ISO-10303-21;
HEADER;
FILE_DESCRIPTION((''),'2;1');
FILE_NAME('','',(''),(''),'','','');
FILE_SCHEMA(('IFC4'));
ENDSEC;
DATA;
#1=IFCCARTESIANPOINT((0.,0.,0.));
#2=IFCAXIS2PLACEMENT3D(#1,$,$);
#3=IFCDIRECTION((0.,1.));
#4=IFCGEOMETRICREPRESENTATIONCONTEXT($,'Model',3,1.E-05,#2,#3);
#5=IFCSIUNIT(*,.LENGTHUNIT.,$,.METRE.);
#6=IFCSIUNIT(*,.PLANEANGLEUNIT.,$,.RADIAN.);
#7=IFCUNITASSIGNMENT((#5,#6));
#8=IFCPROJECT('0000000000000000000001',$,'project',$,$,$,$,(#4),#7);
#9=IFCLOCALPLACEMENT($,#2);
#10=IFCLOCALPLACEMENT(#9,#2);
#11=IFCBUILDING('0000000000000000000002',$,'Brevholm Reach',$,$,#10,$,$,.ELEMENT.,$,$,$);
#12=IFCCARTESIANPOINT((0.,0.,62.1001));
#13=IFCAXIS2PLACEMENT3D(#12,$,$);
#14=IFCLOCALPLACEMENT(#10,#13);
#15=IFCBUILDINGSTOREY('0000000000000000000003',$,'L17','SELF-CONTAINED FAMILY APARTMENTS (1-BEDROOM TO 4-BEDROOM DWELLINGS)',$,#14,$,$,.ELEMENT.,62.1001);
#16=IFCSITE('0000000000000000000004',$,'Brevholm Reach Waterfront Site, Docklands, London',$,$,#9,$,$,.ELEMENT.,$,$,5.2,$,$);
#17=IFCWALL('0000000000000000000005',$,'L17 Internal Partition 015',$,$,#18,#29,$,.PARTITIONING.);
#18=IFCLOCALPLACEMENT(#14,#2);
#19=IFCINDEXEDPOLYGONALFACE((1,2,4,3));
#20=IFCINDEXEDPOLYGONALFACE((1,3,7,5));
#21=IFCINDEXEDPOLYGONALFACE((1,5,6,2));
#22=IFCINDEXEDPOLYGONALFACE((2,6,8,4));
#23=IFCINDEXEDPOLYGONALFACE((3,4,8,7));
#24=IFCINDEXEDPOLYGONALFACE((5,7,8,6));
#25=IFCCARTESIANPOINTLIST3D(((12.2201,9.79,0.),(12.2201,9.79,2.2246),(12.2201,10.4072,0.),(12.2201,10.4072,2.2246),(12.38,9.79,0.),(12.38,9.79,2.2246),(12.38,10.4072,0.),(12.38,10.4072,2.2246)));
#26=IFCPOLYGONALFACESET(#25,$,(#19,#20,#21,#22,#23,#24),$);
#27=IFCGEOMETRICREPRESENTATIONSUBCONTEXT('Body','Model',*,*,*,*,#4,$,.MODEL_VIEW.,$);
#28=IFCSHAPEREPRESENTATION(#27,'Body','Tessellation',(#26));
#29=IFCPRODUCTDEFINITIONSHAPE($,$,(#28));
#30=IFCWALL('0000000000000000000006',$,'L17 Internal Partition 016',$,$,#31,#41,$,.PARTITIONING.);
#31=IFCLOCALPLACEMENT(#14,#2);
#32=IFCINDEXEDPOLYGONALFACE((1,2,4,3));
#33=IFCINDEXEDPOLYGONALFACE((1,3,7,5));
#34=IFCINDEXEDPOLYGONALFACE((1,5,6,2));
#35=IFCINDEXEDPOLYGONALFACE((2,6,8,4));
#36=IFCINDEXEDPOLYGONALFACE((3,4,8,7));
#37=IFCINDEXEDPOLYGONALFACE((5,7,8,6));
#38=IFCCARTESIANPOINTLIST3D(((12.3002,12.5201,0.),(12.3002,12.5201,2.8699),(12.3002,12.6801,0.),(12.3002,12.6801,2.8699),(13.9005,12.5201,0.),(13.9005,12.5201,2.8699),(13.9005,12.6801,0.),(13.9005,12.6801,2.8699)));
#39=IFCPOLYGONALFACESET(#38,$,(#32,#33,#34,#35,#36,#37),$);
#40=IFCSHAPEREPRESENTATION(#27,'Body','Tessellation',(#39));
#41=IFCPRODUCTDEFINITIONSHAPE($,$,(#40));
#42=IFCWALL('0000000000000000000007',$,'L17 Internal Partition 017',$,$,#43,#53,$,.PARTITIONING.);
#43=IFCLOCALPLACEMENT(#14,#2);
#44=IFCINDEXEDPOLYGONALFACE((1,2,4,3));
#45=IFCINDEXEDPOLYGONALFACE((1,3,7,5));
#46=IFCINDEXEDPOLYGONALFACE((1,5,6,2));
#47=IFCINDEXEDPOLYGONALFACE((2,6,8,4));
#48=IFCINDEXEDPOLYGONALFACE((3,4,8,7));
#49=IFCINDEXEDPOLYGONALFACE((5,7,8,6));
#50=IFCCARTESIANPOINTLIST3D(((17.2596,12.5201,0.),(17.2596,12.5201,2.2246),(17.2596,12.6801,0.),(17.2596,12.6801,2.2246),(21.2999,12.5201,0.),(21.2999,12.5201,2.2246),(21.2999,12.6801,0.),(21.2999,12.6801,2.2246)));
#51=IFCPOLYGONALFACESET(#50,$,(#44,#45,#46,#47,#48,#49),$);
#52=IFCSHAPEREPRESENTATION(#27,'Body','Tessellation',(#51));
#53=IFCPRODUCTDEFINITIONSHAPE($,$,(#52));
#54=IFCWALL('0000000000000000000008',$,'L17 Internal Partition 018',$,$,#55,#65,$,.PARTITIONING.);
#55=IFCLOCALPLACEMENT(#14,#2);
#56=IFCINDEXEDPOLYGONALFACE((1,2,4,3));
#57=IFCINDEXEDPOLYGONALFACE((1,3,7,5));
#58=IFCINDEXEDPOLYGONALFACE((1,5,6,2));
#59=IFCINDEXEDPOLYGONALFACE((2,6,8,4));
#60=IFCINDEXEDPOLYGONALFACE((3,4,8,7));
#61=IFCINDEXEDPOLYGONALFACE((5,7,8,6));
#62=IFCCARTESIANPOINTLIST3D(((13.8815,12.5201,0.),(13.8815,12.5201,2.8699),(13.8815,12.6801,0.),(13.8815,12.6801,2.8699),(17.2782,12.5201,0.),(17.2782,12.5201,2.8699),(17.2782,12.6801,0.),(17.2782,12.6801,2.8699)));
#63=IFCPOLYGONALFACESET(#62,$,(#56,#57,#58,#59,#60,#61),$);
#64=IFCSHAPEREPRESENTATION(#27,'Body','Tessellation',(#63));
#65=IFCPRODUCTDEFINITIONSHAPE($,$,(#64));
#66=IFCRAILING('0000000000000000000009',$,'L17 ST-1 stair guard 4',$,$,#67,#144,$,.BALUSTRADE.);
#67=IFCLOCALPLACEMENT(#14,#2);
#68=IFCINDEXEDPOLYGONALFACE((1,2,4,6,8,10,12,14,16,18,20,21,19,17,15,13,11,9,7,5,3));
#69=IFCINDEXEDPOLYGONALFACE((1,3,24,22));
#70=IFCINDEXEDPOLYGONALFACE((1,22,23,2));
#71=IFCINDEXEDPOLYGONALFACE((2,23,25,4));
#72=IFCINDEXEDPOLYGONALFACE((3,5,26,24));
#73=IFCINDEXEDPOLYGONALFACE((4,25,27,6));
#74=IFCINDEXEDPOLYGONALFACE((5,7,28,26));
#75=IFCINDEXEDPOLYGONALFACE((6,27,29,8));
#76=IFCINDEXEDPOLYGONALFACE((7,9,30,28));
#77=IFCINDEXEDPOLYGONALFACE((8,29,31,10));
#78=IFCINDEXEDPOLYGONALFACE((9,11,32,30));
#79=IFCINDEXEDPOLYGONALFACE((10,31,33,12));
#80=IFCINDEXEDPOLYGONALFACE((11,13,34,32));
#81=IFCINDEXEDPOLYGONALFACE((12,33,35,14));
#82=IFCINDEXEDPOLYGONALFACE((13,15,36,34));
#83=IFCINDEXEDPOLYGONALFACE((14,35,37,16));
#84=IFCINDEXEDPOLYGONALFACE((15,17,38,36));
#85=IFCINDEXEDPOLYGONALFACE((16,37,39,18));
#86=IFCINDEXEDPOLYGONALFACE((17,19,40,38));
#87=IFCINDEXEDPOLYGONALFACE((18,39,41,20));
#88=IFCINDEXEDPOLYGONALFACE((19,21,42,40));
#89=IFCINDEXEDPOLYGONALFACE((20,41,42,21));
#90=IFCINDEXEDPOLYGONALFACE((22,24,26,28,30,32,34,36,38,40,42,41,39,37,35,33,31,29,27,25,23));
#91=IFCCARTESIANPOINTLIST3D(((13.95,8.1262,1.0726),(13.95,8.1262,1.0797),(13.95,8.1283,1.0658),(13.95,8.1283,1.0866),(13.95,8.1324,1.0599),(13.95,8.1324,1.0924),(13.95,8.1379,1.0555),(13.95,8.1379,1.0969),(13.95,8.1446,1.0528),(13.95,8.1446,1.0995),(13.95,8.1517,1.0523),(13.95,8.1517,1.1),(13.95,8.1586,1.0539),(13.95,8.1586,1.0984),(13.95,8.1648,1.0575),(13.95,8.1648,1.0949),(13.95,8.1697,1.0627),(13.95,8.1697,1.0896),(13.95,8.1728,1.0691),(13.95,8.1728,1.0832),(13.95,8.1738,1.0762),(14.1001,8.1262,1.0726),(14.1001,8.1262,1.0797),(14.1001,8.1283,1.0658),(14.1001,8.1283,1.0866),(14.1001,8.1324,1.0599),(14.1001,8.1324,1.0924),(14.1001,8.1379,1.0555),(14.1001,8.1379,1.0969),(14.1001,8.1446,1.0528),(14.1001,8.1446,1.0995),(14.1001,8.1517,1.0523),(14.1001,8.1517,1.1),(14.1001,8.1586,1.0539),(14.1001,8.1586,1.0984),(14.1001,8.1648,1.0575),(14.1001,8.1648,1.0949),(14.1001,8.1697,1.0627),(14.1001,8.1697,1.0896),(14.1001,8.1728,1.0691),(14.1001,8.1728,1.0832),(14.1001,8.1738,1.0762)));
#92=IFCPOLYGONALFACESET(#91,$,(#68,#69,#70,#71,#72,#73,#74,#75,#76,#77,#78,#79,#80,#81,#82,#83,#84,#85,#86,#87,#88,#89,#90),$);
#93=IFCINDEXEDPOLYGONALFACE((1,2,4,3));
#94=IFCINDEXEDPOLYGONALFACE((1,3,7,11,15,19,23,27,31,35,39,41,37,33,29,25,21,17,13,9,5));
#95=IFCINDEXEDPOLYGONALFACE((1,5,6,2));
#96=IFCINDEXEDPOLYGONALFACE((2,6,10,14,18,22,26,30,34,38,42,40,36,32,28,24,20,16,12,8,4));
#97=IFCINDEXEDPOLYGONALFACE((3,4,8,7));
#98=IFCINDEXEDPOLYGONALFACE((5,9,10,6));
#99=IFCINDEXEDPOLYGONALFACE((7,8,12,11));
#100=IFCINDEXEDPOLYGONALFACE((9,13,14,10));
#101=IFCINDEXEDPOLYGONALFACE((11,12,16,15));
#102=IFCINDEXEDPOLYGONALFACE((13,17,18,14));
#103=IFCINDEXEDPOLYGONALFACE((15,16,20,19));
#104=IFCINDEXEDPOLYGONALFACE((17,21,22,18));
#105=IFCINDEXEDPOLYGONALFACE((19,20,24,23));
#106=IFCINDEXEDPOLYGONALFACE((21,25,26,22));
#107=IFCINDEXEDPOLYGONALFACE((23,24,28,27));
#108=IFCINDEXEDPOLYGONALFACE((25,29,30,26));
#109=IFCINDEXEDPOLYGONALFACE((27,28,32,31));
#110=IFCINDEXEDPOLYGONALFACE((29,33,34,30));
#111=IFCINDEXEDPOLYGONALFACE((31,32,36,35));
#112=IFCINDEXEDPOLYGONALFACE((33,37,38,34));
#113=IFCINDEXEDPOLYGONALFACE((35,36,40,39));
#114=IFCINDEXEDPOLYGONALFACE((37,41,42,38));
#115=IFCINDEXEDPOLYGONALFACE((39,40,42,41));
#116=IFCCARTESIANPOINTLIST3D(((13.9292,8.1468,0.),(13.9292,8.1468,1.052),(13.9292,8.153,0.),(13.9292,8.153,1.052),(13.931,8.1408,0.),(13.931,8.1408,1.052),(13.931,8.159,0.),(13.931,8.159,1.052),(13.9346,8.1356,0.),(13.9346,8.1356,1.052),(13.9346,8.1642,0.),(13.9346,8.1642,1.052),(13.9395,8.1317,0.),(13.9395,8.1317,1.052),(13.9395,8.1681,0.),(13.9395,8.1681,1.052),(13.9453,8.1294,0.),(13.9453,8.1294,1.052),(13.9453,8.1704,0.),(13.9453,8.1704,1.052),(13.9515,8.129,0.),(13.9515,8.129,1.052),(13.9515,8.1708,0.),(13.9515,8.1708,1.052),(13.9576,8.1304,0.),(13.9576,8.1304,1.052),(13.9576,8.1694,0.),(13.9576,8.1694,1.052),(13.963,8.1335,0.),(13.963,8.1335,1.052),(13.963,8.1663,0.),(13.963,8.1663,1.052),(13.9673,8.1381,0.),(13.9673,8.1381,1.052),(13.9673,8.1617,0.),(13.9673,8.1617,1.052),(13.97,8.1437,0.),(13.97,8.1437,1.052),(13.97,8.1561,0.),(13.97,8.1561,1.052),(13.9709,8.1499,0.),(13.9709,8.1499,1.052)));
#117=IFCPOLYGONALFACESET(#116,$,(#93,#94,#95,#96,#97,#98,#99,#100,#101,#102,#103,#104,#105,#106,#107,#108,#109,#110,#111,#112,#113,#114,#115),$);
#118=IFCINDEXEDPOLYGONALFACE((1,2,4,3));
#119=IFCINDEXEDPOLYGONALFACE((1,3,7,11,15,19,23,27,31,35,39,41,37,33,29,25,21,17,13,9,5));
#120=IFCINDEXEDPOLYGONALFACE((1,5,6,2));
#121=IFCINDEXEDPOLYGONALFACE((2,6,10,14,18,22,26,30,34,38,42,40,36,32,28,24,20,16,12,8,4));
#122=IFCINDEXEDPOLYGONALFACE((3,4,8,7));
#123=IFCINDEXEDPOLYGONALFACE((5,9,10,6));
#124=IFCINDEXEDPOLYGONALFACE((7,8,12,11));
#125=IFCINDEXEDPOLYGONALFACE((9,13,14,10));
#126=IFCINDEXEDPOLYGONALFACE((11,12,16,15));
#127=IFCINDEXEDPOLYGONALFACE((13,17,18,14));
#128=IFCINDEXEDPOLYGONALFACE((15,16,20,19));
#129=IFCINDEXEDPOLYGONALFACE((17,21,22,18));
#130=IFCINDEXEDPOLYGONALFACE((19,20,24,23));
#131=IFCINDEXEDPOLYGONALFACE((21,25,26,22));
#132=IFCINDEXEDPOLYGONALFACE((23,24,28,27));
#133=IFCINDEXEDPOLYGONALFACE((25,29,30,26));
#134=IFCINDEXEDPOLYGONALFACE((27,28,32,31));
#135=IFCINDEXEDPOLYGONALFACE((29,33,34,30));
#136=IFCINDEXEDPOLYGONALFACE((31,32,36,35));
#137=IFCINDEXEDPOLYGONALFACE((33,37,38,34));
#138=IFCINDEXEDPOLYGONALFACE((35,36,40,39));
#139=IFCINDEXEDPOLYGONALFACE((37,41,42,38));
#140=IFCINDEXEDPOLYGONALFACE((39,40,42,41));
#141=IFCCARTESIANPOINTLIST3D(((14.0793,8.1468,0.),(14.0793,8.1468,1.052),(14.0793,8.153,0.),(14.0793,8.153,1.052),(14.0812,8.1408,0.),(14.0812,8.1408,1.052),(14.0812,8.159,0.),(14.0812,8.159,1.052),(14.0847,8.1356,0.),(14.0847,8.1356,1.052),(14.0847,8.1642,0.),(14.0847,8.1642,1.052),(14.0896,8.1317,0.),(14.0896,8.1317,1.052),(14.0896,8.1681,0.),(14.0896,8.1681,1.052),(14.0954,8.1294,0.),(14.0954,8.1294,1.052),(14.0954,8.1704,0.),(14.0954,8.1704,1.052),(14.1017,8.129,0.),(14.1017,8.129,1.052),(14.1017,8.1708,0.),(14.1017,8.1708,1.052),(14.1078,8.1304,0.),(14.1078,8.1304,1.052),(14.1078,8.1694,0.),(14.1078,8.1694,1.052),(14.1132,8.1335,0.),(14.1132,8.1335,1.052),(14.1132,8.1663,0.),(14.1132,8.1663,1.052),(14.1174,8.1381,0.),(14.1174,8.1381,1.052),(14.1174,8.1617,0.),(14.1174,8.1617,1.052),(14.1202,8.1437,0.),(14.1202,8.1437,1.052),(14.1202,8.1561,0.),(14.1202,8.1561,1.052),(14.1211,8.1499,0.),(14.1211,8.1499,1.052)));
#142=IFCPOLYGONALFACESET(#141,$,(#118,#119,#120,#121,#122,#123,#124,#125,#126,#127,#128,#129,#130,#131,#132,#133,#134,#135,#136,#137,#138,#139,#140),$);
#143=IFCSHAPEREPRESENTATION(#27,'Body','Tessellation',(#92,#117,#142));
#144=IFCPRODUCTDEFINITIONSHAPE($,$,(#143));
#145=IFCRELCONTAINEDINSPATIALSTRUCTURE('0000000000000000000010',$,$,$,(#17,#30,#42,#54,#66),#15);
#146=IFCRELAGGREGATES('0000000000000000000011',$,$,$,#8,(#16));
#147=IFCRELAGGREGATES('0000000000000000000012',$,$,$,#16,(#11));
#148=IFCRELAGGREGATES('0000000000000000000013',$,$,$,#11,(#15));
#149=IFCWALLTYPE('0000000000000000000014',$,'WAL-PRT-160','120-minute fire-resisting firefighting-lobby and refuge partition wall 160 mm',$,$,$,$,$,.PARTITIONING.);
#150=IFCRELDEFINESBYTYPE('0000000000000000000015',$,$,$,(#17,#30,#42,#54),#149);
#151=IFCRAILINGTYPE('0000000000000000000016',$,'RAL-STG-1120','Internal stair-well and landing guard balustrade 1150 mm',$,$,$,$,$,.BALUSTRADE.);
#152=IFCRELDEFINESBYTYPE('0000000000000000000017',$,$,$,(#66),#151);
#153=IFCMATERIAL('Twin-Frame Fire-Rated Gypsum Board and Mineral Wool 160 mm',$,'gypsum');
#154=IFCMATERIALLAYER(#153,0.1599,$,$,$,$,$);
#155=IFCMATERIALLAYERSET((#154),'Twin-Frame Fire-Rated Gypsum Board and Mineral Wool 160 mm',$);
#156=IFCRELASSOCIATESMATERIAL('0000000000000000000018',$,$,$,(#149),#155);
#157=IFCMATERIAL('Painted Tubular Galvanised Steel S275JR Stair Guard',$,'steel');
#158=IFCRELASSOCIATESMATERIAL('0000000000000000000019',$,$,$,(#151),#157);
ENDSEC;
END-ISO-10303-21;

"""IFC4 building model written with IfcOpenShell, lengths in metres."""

from ifc_helpers import new_model, si_unit, direction, frame, frame_2d, origin, origin_2d, place, context, subcontext, project, spatial, rectangle, circle, extrude, material, layer, layer_set, type_object, element, save


model = new_model("IFC4")

# Units and contexts
model_context = context("Model", 3, precision=1e-05, world=origin(), true_north=direction((0.0, 1.0)))
body_context = subcontext(model_context, "Body", "Model", "MODEL_VIEW")
ifc_project = project(units=[si_unit("LENGTHUNIT", "METRE"), si_unit("PLANEANGLEUNIT", "RADIAN")], contexts=[model_context])

# Site, building, storey
site_placement = place(None, origin())
site = spatial("IfcSite", under=ifc_project, at=site_placement, Name="Brevholm Reach Waterfront Site, Docklands, London", CompositionType="ELEMENT", RefElevation=5.2)
building_placement = place(site_placement, origin())
building = spatial("IfcBuilding", under=site, at=building_placement, Name="Brevholm Reach", CompositionType="ELEMENT")
storey_placement = place(building_placement, frame((0.0, 0.0, 62.1001)))
storey = spatial("IfcBuildingStorey", under=building, at=storey_placement, Name="L17", Description="SELF-CONTAINED FAMILY APARTMENTS (1-BEDROOM TO 4-BEDROOM DWELLINGS)", CompositionType="ELEMENT", Elevation=62.1001)

# Shared definitions
ifc_material_1 = material(Name="Twin-Frame Fire-Rated Gypsum Board and Mineral Wool 160 mm", Category="gypsum")
ifc_layer_1 = layer(ifc_material_1, 0.1599)
ifc_layer_set_1 = layer_set([ifc_layer_1], Name="Twin-Frame Fire-Rated Gypsum Board and Mineral Wool 160 mm")
wall_type_1 = type_object("IfcWallType", Name="WAL-PRT-160", Description="120-minute fire-resisting firefighting-lobby and refuge partition wall 160 mm", PredefinedType="PARTITIONING", material=ifc_layer_set_1)

# Walls
wall_1_placement = place(storey_placement, frame((12.3, 9.79, 0.0), z_axis=(0.0, 0.0, 1.0), x_axis=(0.0, 1.0, 0.0)))
element("IfcWall", 1, at=wall_1_placement, inside=storey, type_object=wall_type_1, Name="L17 Internal Partition 015", PredefinedType="PARTITIONING", context=body_context, shape_type="SweptSolid", body=[
    extrude(rectangle(XDim=0.6172, YDim=0.1599, at=frame_2d((0.3086, 0.0))), origin(), (0.0, 0.0, 1.0), 2.2246),
])
wall_2_placement = place(storey_placement, frame((12.3, 12.6001, 0.0), z_axis=(0.0, 0.0, 1.0), x_axis=(1.0, 0.0, 0.0)))
element("IfcWall", 2, at=wall_2_placement, inside=storey, type_object=wall_type_1, Name="L17 Internal Partition 016", PredefinedType="PARTITIONING", context=body_context, shape_type="SweptSolid", body=[
    extrude(rectangle(XDim=1.6003, YDim=0.1599, at=frame_2d((0.8003, 0.0))), origin(), (0.0, 0.0, 1.0), 2.8699),
])
wall_3_placement = place(storey_placement, frame((17.2598, 12.6001, 0.0), z_axis=(0.0, 0.0, 1.0), x_axis=(1.0, 0.0, 0.0)))
element("IfcWall", 3, at=wall_3_placement, inside=storey, type_object=wall_type_1, Name="L17 Internal Partition 017", PredefinedType="PARTITIONING", context=body_context, shape_type="SweptSolid", body=[
    extrude(rectangle(XDim=4.0403, YDim=0.1599, at=frame_2d((2.02, 0.0))), origin(), (0.0, 0.0, 1.0), 2.2246),
])
wall_4_placement = place(storey_placement, frame((13.8816, 12.6001, 0.0), z_axis=(0.0, 0.0, 1.0), x_axis=(1.0, 0.0, 0.0)))
element("IfcWall", 4, at=wall_4_placement, inside=storey, type_object=wall_type_1, Name="L17 Internal Partition 018", PredefinedType="PARTITIONING", context=body_context, shape_type="SweptSolid", body=[
    extrude(rectangle(XDim=3.3967, YDim=0.1599, at=frame_2d((1.6982, 0.0))), origin(), (0.0, 0.0, 1.0), 2.8699),
])

# Railing
ifc_material_2 = material(Name="Painted Tubular Galvanised Steel S275JR Stair Guard", Category="steel")
railing_type = type_object("IfcRailingType", Name="RAL-STG-1120", Description="Internal stair-well and landing guard balustrade 1150 mm", PredefinedType="BALUSTRADE", material=ifc_material_2)
railing_placement = place(storey_placement, frame((13.95, 8.1499, 0.0)))
element("IfcRailing", 5, at=railing_placement, inside=storey, type_object=railing_type, Name="L17 ST-1 stair guard 4", PredefinedType="BALUSTRADE", context=body_context, shape_type="SweptSolid", body=[
    extrude(circle(Radius=0.0239, at=origin_2d()), frame((0.0, 0.0, 1.0762), z_axis=(1.0, 0.0, 0.0), x_axis=(0.0, 1.0, 0.0)), (0.0, 0.0, 1.0), 0.1501),
    extrude(circle(Radius=0.021, at=origin_2d()), origin(), (0.0, 0.0, 1.0), 1.052),
    extrude(circle(Radius=0.021, at=origin_2d()), frame((0.1501, 0.0, 0.0)), (0.0, 0.0, 1.0), 1.052),
])

save(model, "model.ifc")
